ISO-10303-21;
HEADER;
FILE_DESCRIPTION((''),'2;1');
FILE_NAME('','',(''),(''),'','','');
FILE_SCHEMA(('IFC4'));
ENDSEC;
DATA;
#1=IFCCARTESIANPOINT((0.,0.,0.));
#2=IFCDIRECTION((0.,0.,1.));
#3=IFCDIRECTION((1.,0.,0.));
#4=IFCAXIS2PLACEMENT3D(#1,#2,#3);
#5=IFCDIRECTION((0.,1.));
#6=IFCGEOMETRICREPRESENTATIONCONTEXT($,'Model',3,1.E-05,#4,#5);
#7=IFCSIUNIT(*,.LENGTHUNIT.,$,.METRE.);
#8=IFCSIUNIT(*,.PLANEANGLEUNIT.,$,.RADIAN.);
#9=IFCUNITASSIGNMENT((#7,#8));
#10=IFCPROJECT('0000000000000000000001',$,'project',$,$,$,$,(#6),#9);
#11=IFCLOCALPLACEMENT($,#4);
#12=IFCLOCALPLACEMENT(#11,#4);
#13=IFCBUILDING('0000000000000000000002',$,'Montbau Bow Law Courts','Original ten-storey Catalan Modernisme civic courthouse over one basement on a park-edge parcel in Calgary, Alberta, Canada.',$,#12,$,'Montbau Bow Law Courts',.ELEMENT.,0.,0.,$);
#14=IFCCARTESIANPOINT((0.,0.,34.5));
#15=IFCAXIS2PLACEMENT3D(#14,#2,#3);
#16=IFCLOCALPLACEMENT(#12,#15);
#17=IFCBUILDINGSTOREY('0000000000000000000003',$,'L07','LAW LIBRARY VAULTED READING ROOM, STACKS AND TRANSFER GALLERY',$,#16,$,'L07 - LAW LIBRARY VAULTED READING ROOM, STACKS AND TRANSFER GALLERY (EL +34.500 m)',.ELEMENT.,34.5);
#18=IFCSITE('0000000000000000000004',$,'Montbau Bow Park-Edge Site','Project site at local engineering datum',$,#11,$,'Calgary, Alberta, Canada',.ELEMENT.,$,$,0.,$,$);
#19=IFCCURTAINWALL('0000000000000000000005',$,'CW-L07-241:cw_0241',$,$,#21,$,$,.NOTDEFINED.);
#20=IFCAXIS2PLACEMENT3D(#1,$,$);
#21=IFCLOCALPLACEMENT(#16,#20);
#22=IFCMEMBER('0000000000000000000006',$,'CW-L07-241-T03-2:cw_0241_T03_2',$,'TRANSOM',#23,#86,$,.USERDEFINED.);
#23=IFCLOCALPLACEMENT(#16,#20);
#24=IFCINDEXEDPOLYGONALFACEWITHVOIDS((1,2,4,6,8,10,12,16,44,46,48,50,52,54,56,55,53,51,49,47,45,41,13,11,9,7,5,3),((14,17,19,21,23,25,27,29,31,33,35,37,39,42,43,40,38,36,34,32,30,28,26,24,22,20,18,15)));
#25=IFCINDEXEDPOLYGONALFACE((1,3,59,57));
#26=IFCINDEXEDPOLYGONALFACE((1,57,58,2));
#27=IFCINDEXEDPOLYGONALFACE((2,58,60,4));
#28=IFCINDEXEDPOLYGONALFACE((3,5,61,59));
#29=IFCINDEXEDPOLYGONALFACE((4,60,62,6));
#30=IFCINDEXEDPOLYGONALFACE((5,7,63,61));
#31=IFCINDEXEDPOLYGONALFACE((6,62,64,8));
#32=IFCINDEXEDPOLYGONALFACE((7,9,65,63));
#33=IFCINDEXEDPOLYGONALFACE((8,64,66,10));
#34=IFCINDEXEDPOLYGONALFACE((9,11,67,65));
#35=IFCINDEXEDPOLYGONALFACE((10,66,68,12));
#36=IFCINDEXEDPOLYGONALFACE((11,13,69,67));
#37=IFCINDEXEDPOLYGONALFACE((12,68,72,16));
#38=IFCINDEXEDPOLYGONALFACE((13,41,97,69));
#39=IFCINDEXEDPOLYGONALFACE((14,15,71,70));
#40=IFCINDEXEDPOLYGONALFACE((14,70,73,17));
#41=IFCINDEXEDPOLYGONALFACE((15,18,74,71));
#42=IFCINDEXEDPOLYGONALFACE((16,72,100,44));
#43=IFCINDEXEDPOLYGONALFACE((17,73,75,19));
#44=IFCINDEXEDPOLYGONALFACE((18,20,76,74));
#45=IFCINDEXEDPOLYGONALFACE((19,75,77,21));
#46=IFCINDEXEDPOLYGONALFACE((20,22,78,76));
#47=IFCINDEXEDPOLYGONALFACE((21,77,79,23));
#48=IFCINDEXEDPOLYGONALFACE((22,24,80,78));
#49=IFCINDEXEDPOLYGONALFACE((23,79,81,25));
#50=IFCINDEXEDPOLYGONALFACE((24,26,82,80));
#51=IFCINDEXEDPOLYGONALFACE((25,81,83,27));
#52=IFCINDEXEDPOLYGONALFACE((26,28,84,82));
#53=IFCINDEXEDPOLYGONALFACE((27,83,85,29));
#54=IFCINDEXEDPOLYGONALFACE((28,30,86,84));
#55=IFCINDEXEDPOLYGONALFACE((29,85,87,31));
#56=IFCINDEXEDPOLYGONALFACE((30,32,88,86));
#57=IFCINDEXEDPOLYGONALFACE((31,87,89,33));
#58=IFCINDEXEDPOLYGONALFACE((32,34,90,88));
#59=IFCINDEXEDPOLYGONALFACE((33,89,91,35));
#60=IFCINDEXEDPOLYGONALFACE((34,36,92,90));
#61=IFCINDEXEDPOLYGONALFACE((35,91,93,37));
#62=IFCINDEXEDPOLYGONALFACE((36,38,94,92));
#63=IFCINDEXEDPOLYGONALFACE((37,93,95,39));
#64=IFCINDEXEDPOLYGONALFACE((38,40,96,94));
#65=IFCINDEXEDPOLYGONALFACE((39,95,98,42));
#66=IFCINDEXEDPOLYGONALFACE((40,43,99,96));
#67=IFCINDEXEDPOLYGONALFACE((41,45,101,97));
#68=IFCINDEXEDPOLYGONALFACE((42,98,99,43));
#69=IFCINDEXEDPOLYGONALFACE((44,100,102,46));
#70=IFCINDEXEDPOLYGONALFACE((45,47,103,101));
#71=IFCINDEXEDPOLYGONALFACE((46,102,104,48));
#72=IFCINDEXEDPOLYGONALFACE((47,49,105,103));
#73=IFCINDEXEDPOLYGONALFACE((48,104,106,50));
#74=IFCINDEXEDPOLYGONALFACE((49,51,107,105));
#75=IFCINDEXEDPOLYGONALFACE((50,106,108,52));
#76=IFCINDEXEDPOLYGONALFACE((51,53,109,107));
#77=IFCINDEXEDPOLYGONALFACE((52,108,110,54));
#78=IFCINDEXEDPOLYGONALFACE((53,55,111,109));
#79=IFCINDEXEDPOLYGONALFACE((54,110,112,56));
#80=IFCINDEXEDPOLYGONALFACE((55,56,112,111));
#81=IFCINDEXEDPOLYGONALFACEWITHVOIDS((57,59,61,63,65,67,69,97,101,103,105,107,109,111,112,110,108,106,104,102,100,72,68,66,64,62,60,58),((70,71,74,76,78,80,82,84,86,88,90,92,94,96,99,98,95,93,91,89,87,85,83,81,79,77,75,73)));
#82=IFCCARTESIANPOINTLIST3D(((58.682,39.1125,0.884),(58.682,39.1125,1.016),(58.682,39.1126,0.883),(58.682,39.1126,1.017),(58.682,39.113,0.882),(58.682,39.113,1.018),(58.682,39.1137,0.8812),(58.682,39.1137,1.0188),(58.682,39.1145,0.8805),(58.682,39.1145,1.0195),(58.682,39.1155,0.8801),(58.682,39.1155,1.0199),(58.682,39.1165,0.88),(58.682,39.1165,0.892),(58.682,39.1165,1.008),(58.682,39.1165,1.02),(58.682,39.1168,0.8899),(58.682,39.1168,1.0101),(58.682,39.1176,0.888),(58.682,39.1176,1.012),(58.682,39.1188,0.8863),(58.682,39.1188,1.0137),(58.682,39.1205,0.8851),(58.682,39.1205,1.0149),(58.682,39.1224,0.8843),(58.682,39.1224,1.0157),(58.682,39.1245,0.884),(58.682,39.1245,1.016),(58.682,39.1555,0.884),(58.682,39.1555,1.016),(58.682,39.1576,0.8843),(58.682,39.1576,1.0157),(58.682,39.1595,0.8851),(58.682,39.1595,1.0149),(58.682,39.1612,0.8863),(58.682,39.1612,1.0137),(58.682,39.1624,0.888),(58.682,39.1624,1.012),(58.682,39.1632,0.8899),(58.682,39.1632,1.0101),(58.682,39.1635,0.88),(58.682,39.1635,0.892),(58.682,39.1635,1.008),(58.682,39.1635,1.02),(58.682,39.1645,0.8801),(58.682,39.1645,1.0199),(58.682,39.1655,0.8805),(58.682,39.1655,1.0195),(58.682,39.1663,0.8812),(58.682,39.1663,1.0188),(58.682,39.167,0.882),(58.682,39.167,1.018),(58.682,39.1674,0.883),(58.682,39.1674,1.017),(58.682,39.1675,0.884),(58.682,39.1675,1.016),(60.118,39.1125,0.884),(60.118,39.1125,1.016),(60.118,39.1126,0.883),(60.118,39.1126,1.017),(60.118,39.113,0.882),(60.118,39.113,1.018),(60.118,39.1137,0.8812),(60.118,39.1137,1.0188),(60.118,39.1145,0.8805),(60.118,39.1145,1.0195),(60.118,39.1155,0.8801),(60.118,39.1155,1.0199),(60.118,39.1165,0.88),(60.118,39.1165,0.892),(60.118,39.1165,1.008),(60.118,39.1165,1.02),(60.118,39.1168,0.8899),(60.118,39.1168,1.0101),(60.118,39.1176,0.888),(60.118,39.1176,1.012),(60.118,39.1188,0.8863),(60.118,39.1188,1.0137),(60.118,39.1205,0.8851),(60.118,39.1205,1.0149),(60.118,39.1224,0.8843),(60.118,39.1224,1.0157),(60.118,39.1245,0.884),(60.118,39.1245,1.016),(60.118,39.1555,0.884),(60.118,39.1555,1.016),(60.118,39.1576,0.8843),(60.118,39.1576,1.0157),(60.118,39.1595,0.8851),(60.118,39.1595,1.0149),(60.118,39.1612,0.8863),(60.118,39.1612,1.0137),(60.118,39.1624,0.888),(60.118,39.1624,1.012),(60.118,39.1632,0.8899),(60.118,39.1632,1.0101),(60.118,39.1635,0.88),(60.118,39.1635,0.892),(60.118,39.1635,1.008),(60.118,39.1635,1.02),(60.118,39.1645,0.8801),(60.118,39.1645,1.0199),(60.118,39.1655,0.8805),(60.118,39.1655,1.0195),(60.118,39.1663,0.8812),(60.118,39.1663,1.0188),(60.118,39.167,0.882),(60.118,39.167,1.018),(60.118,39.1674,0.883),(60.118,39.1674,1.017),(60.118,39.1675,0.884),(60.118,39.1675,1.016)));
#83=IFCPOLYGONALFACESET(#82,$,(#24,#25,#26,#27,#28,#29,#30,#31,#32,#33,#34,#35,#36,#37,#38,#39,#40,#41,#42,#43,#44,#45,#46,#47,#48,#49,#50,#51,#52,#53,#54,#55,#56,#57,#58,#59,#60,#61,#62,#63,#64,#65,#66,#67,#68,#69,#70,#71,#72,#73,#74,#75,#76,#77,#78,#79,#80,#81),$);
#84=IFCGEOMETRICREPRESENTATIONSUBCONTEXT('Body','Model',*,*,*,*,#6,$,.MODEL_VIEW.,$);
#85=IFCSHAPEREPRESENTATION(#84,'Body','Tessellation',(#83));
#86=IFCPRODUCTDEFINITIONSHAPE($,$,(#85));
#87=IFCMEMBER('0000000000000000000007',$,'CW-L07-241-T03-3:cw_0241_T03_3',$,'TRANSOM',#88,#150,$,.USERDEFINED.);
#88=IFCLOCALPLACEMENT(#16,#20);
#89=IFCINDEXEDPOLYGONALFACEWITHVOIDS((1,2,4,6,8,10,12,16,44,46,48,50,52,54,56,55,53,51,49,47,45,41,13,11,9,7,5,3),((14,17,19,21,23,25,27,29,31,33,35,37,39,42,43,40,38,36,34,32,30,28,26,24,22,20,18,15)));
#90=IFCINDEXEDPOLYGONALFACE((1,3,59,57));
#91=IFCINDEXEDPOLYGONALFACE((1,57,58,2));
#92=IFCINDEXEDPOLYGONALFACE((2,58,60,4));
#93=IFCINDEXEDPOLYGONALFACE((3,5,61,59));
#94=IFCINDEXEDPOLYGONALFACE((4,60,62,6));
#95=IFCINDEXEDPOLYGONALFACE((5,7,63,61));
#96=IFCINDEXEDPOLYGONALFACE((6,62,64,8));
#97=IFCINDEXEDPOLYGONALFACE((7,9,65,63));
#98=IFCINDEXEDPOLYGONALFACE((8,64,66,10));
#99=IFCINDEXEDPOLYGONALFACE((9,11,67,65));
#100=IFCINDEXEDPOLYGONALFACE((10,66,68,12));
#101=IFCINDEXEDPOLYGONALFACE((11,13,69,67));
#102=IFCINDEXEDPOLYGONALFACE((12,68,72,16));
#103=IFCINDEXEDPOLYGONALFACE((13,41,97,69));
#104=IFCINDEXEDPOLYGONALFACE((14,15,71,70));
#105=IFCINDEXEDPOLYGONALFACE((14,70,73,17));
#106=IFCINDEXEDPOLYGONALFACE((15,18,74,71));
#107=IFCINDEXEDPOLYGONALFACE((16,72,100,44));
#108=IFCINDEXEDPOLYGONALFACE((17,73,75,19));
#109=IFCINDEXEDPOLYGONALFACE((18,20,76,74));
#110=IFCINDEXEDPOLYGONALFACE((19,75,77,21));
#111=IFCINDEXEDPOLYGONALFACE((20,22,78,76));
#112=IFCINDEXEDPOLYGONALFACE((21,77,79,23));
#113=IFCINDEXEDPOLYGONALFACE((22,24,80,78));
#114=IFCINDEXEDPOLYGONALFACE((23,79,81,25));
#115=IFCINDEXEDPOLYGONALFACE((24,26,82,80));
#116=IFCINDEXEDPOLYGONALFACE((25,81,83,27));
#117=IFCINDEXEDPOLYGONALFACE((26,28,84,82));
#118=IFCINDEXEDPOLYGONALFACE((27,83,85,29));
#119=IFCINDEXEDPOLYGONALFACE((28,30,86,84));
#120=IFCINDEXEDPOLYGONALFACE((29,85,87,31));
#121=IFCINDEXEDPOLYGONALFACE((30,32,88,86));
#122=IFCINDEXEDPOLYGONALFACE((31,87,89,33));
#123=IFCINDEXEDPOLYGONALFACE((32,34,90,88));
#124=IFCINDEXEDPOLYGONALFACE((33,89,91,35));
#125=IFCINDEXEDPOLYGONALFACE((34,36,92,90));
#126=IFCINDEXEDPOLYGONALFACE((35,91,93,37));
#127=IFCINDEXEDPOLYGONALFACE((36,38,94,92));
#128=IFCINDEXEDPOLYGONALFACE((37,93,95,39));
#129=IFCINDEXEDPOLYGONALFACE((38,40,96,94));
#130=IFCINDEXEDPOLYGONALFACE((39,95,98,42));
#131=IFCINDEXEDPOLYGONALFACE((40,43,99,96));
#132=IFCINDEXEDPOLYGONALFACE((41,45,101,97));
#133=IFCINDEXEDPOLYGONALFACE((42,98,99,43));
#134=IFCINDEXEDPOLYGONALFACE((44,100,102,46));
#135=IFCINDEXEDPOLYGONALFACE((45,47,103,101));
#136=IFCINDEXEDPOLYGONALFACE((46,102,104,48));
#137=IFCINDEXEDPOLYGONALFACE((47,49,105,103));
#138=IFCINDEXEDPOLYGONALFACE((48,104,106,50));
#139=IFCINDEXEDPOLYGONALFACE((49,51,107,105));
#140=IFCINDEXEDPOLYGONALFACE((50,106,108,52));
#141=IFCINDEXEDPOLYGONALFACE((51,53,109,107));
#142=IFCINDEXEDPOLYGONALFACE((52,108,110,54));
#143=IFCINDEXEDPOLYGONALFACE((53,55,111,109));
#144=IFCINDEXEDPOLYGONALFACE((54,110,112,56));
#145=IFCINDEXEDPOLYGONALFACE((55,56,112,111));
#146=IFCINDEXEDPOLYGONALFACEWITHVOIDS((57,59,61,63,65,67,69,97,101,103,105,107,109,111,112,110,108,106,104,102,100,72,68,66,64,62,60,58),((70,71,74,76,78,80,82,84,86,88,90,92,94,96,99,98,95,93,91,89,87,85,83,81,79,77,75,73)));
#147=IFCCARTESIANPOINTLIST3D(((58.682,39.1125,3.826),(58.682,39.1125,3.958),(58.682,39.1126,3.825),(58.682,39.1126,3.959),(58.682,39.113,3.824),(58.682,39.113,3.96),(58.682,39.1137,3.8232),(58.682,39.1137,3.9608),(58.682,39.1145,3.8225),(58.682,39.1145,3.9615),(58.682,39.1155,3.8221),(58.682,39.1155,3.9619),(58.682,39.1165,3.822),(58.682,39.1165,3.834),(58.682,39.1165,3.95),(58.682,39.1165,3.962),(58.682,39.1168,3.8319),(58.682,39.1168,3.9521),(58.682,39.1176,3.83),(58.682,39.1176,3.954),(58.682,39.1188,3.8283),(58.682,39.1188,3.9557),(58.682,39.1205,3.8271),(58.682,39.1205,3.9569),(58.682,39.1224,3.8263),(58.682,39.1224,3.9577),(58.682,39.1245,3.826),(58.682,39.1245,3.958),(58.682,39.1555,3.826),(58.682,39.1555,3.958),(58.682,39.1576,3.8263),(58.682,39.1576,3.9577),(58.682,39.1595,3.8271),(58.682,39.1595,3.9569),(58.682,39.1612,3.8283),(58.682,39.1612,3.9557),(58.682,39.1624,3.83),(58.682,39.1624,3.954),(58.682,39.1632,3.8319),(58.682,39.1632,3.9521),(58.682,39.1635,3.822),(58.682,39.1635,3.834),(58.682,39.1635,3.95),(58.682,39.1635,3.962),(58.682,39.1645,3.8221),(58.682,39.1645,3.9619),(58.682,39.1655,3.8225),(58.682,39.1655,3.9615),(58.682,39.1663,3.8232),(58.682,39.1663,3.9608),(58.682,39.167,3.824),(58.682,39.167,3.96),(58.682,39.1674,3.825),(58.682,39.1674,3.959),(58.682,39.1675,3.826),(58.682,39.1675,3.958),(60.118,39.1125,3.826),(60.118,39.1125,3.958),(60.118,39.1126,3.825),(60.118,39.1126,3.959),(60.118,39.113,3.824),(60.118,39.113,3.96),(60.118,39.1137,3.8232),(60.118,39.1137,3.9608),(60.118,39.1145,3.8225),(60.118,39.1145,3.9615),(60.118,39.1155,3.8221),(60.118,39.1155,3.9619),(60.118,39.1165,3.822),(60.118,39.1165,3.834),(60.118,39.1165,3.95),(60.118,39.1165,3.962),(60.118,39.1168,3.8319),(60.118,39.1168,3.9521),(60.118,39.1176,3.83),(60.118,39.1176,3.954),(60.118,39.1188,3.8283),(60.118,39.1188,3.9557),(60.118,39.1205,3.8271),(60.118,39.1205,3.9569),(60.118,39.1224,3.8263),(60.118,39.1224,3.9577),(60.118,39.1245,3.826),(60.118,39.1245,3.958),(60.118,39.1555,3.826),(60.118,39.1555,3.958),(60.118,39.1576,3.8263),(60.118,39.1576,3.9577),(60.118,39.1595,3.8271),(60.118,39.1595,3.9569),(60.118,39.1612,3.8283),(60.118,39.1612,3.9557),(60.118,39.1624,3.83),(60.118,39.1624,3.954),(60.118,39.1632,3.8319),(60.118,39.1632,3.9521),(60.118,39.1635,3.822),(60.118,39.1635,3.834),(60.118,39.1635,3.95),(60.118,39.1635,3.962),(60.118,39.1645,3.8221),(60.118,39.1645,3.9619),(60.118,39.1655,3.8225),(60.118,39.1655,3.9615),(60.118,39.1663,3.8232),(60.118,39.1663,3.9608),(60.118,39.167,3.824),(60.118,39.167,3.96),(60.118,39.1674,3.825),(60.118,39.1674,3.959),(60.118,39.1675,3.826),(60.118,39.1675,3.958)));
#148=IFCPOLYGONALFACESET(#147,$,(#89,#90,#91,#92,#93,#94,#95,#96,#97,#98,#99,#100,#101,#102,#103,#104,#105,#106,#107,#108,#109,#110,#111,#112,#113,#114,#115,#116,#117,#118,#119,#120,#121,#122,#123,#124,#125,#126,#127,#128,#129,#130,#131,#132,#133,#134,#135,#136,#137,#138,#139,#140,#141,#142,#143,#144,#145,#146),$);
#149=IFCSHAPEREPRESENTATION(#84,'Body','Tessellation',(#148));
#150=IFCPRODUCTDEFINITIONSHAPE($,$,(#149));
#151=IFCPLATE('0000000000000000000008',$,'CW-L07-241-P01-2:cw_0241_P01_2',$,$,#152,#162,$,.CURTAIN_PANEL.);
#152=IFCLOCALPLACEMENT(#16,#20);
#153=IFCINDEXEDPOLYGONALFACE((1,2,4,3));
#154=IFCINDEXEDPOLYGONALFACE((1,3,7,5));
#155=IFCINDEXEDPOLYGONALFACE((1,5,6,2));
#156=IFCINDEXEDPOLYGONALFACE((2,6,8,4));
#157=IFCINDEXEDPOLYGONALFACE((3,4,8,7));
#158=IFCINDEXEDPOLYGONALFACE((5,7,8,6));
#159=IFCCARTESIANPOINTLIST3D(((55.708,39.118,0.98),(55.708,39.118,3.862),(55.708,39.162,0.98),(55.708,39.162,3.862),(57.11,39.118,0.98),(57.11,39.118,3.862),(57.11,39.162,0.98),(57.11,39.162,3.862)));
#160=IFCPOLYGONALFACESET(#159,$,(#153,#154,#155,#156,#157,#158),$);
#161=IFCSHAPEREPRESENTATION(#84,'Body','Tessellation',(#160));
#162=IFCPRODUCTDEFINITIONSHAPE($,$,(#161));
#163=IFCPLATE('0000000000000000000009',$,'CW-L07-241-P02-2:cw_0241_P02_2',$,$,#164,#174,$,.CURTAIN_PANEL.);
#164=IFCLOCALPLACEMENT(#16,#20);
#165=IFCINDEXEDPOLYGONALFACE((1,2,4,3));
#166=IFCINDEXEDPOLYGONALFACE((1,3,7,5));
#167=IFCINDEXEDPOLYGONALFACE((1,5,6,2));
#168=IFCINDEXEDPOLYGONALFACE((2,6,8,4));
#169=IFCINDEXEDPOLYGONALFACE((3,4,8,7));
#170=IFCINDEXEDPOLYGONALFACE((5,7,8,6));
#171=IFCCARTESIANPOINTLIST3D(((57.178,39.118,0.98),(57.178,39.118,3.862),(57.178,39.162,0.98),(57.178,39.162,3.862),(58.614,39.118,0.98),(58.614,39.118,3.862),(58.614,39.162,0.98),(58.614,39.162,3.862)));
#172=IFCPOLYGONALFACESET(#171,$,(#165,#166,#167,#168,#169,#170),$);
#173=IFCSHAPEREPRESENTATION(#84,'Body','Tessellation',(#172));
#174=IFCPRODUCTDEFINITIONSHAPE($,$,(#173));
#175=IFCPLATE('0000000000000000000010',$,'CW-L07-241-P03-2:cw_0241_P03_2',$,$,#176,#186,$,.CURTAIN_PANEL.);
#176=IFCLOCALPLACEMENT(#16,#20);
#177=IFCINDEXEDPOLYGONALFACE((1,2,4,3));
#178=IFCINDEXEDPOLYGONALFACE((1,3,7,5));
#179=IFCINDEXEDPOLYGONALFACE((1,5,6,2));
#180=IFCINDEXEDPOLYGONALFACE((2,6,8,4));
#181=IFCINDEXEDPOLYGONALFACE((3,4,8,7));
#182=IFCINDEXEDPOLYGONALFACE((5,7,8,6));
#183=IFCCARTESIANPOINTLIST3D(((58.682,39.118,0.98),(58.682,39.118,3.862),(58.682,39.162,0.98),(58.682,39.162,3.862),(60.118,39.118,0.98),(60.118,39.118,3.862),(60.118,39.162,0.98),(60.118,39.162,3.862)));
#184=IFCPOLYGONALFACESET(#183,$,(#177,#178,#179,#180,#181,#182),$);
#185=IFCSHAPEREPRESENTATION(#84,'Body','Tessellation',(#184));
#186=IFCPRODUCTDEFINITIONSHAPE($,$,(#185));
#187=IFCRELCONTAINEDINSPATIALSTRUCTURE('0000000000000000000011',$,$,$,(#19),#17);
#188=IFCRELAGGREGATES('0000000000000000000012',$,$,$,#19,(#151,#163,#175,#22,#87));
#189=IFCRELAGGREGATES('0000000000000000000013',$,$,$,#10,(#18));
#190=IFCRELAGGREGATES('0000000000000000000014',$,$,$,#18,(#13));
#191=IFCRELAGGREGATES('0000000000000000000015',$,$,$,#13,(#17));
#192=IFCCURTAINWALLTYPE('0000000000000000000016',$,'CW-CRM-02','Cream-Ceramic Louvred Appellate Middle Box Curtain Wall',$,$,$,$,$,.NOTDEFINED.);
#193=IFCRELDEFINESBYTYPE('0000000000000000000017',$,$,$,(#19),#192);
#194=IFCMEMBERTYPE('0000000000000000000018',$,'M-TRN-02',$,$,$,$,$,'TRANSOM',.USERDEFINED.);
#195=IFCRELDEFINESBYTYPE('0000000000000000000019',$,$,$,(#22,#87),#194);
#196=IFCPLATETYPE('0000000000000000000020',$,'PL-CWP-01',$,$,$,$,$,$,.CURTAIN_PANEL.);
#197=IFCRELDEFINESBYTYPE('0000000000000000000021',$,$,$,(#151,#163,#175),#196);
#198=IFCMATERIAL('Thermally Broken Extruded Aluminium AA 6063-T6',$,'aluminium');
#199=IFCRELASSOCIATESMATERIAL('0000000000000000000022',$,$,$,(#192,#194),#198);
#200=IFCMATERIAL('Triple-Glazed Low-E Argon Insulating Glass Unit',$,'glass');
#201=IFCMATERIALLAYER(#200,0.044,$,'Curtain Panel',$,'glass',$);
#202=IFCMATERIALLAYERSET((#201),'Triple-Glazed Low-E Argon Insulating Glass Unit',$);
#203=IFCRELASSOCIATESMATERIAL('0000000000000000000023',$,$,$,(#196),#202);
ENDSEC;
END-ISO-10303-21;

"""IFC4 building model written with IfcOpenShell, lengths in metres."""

from ifc_helpers import new_model, si_unit, direction, frame, frame_2d, origin_with_axes, origin_2d_with_axis, place, context, subcontext, project, spatial, rectangle, hollow_rectangle, extrude, material, layer, layer_set, material_profile, profile_set, type_object, element, aggregate, save


model = new_model("IFC4")

# Units and contexts
model_context = context("Model", 3, precision=1e-05, world=origin_with_axes(), true_north=direction((0.0, 1.0)))
body_context = subcontext(model_context, "Body", "Model", "MODEL_VIEW")
ifc_project = project(units=[si_unit("LENGTHUNIT", "METRE"), si_unit("PLANEANGLEUNIT", "RADIAN")], contexts=[model_context])

# Site, building, storey
site_placement = place(None, origin_with_axes())
site = spatial("IfcSite", under=ifc_project, at=site_placement, Name="Montbau Bow Park-Edge Site", Description="Project site at local engineering datum", LongName="Calgary, Alberta, Canada", CompositionType="ELEMENT", RefElevation=0.0)
building_placement = place(site_placement, origin_with_axes())
building = spatial("IfcBuilding", under=site, at=building_placement, Name="Montbau Bow Law Courts", Description="Original ten-storey Catalan Modernisme civic courthouse over one basement on a park-edge parcel in Calgary, Alberta, Canada.", LongName="Montbau Bow Law Courts", CompositionType="ELEMENT", ElevationOfRefHeight=0.0, ElevationOfTerrain=0.0)
storey_placement = place(building_placement, frame((0.0, 0.0, 34.5), z_axis=(0.0, 0.0, 1.0), x_axis=(1.0, 0.0, 0.0)))
storey = spatial("IfcBuildingStorey", under=building, at=storey_placement, Name="L07", Description="LAW LIBRARY VAULTED READING ROOM, STACKS AND TRANSFER GALLERY", LongName="L07 - LAW LIBRARY VAULTED READING ROOM, STACKS AND TRANSFER GALLERY (EL +34.500 m)", CompositionType="ELEMENT", Elevation=34.5)

# Curtain wall, members, plates
ifc_material_1 = material(Name="Thermally Broken Extruded Aluminium AA 6063-T6", Category="aluminium")
curtain_wall_type = type_object("IfcCurtainWallType", Name="CW-CRM-02", Description="Cream-Ceramic Louvred Appellate Middle Box Curtain Wall", PredefinedType="NOTDEFINED", material=ifc_material_1)
curtain_wall_placement = place(None, frame((55.64, 39.14, 34.5), z_axis=(0.0, 0.0, 1.0), x_axis=(1.0, 0.0, 0.0)))
curtain_wall = element("IfcCurtainWall", 1, at=curtain_wall_placement, inside=storey, type_object=curtain_wall_type, Name="CW-L07-241:cw_0241", PredefinedType="NOTDEFINED")
ifc_material_profile_1 = material_profile(ifc_material_1, hollow_rectangle(XDim=0.055, YDim=0.14, WallThickness=0.004, InnerFilletRadius=0.008, OuterFilletRadius=0.004, at=origin_2d_with_axis()), Name="CWT-140X55", Category="Main", Priority=0)
ifc_profile_set_1 = profile_set([ifc_material_profile_1], Name="Thermally Broken Extruded Aluminium AA 6063-T6")
member_type_1 = type_object("IfcMemberType", Name="M-TRN-02", ElementType="TRANSOM", PredefinedType="USERDEFINED", material=ifc_profile_set_1)
member_1_placement = place(None, frame((58.682, 39.14, 35.45), z_axis=(1.0, 0.0, 0.0), x_axis=(0.0, 1.0, 0.0)))
member_1 = element("IfcMember", 2, at=member_1_placement, type_object=member_type_1, Name="CW-L07-241-T03-2:cw_0241_T03_2", ObjectType="TRANSOM", PredefinedType="USERDEFINED", context=body_context, shape_type="SweptSolid", body=[
    extrude(hollow_rectangle(XDim=0.055, YDim=0.14, WallThickness=0.004, InnerFilletRadius=0.008, OuterFilletRadius=0.004, at=origin_2d_with_axis()), origin_with_axes(), (0.0, 0.0, 1.0), 1.436),
])
member_2_placement = place(None, frame((58.682, 39.14, 38.392), z_axis=(1.0, 0.0, 0.0), x_axis=(0.0, 1.0, 0.0)))
member_2 = element("IfcMember", 3, at=member_2_placement, type_object=member_type_1, Name="CW-L07-241-T03-3:cw_0241_T03_3", ObjectType="TRANSOM", PredefinedType="USERDEFINED", context=body_context, shape_type="SweptSolid", body=[
    extrude(hollow_rectangle(XDim=0.055, YDim=0.14, WallThickness=0.004, InnerFilletRadius=0.008, OuterFilletRadius=0.004, at=origin_2d_with_axis()), origin_with_axes(), (0.0, 0.0, 1.0), 1.436),
])
ifc_material_2 = material(Name="Triple-Glazed Low-E Argon Insulating Glass Unit", Category="glass")
ifc_layer_1 = layer(ifc_material_2, 0.044, Name="Curtain Panel", Category="glass")
ifc_layer_set_1 = layer_set([ifc_layer_1], Name="Triple-Glazed Low-E Argon Insulating Glass Unit")
plate_type_1 = type_object("IfcPlateType", Name="PL-CWP-01", PredefinedType="CURTAIN_PANEL", material=ifc_layer_set_1)
plate_1_placement = place(None, frame((55.708, 39.14, 35.48), z_axis=(0.0, -1.0, 0.0), x_axis=(1.0, 0.0, 0.0)))
plate_1 = element("IfcPlate", 4, at=plate_1_placement, type_object=plate_type_1, Name="CW-L07-241-P01-2:cw_0241_P01_2", PredefinedType="CURTAIN_PANEL", context=body_context, shape_type="SweptSolid", body=[
    extrude(rectangle(XDim=1.402, YDim=2.882, at=frame_2d((0.701, 1.441), x_axis=(1.0, 0.0))), frame((0.0, 0.0, -0.022), z_axis=(0.0, 0.0, 1.0), x_axis=(1.0, 0.0, 0.0)), (0.0, 0.0, 1.0), 0.044),
])
plate_2_placement = place(None, frame((57.178, 39.14, 35.48), z_axis=(0.0, -1.0, 0.0), x_axis=(1.0, 0.0, 0.0)))
plate_2 = element("IfcPlate", 5, at=plate_2_placement, type_object=plate_type_1, Name="CW-L07-241-P02-2:cw_0241_P02_2", PredefinedType="CURTAIN_PANEL", context=body_context, shape_type="SweptSolid", body=[
    extrude(rectangle(XDim=1.436, YDim=2.882, at=frame_2d((0.718, 1.441), x_axis=(1.0, 0.0))), frame((0.0, 0.0, -0.022), z_axis=(0.0, 0.0, 1.0), x_axis=(1.0, 0.0, 0.0)), (0.0, 0.0, 1.0), 0.044),
])
plate_3_placement = place(None, frame((58.682, 39.14, 35.48), z_axis=(0.0, -1.0, 0.0), x_axis=(1.0, 0.0, 0.0)))
plate_3 = element("IfcPlate", 6, at=plate_3_placement, type_object=plate_type_1, Name="CW-L07-241-P03-2:cw_0241_P03_2", PredefinedType="CURTAIN_PANEL", context=body_context, shape_type="SweptSolid", body=[
    extrude(rectangle(XDim=1.436, YDim=2.882, at=frame_2d((0.718, 1.441), x_axis=(1.0, 0.0))), frame((0.0, 0.0, -0.022), z_axis=(0.0, 0.0, 1.0), x_axis=(1.0, 0.0, 0.0)), (0.0, 0.0, 1.0), 0.044),
])
aggregate(curtain_wall, [plate_1, plate_2, plate_3, member_1, member_2])

save(model, "model.ifc")
